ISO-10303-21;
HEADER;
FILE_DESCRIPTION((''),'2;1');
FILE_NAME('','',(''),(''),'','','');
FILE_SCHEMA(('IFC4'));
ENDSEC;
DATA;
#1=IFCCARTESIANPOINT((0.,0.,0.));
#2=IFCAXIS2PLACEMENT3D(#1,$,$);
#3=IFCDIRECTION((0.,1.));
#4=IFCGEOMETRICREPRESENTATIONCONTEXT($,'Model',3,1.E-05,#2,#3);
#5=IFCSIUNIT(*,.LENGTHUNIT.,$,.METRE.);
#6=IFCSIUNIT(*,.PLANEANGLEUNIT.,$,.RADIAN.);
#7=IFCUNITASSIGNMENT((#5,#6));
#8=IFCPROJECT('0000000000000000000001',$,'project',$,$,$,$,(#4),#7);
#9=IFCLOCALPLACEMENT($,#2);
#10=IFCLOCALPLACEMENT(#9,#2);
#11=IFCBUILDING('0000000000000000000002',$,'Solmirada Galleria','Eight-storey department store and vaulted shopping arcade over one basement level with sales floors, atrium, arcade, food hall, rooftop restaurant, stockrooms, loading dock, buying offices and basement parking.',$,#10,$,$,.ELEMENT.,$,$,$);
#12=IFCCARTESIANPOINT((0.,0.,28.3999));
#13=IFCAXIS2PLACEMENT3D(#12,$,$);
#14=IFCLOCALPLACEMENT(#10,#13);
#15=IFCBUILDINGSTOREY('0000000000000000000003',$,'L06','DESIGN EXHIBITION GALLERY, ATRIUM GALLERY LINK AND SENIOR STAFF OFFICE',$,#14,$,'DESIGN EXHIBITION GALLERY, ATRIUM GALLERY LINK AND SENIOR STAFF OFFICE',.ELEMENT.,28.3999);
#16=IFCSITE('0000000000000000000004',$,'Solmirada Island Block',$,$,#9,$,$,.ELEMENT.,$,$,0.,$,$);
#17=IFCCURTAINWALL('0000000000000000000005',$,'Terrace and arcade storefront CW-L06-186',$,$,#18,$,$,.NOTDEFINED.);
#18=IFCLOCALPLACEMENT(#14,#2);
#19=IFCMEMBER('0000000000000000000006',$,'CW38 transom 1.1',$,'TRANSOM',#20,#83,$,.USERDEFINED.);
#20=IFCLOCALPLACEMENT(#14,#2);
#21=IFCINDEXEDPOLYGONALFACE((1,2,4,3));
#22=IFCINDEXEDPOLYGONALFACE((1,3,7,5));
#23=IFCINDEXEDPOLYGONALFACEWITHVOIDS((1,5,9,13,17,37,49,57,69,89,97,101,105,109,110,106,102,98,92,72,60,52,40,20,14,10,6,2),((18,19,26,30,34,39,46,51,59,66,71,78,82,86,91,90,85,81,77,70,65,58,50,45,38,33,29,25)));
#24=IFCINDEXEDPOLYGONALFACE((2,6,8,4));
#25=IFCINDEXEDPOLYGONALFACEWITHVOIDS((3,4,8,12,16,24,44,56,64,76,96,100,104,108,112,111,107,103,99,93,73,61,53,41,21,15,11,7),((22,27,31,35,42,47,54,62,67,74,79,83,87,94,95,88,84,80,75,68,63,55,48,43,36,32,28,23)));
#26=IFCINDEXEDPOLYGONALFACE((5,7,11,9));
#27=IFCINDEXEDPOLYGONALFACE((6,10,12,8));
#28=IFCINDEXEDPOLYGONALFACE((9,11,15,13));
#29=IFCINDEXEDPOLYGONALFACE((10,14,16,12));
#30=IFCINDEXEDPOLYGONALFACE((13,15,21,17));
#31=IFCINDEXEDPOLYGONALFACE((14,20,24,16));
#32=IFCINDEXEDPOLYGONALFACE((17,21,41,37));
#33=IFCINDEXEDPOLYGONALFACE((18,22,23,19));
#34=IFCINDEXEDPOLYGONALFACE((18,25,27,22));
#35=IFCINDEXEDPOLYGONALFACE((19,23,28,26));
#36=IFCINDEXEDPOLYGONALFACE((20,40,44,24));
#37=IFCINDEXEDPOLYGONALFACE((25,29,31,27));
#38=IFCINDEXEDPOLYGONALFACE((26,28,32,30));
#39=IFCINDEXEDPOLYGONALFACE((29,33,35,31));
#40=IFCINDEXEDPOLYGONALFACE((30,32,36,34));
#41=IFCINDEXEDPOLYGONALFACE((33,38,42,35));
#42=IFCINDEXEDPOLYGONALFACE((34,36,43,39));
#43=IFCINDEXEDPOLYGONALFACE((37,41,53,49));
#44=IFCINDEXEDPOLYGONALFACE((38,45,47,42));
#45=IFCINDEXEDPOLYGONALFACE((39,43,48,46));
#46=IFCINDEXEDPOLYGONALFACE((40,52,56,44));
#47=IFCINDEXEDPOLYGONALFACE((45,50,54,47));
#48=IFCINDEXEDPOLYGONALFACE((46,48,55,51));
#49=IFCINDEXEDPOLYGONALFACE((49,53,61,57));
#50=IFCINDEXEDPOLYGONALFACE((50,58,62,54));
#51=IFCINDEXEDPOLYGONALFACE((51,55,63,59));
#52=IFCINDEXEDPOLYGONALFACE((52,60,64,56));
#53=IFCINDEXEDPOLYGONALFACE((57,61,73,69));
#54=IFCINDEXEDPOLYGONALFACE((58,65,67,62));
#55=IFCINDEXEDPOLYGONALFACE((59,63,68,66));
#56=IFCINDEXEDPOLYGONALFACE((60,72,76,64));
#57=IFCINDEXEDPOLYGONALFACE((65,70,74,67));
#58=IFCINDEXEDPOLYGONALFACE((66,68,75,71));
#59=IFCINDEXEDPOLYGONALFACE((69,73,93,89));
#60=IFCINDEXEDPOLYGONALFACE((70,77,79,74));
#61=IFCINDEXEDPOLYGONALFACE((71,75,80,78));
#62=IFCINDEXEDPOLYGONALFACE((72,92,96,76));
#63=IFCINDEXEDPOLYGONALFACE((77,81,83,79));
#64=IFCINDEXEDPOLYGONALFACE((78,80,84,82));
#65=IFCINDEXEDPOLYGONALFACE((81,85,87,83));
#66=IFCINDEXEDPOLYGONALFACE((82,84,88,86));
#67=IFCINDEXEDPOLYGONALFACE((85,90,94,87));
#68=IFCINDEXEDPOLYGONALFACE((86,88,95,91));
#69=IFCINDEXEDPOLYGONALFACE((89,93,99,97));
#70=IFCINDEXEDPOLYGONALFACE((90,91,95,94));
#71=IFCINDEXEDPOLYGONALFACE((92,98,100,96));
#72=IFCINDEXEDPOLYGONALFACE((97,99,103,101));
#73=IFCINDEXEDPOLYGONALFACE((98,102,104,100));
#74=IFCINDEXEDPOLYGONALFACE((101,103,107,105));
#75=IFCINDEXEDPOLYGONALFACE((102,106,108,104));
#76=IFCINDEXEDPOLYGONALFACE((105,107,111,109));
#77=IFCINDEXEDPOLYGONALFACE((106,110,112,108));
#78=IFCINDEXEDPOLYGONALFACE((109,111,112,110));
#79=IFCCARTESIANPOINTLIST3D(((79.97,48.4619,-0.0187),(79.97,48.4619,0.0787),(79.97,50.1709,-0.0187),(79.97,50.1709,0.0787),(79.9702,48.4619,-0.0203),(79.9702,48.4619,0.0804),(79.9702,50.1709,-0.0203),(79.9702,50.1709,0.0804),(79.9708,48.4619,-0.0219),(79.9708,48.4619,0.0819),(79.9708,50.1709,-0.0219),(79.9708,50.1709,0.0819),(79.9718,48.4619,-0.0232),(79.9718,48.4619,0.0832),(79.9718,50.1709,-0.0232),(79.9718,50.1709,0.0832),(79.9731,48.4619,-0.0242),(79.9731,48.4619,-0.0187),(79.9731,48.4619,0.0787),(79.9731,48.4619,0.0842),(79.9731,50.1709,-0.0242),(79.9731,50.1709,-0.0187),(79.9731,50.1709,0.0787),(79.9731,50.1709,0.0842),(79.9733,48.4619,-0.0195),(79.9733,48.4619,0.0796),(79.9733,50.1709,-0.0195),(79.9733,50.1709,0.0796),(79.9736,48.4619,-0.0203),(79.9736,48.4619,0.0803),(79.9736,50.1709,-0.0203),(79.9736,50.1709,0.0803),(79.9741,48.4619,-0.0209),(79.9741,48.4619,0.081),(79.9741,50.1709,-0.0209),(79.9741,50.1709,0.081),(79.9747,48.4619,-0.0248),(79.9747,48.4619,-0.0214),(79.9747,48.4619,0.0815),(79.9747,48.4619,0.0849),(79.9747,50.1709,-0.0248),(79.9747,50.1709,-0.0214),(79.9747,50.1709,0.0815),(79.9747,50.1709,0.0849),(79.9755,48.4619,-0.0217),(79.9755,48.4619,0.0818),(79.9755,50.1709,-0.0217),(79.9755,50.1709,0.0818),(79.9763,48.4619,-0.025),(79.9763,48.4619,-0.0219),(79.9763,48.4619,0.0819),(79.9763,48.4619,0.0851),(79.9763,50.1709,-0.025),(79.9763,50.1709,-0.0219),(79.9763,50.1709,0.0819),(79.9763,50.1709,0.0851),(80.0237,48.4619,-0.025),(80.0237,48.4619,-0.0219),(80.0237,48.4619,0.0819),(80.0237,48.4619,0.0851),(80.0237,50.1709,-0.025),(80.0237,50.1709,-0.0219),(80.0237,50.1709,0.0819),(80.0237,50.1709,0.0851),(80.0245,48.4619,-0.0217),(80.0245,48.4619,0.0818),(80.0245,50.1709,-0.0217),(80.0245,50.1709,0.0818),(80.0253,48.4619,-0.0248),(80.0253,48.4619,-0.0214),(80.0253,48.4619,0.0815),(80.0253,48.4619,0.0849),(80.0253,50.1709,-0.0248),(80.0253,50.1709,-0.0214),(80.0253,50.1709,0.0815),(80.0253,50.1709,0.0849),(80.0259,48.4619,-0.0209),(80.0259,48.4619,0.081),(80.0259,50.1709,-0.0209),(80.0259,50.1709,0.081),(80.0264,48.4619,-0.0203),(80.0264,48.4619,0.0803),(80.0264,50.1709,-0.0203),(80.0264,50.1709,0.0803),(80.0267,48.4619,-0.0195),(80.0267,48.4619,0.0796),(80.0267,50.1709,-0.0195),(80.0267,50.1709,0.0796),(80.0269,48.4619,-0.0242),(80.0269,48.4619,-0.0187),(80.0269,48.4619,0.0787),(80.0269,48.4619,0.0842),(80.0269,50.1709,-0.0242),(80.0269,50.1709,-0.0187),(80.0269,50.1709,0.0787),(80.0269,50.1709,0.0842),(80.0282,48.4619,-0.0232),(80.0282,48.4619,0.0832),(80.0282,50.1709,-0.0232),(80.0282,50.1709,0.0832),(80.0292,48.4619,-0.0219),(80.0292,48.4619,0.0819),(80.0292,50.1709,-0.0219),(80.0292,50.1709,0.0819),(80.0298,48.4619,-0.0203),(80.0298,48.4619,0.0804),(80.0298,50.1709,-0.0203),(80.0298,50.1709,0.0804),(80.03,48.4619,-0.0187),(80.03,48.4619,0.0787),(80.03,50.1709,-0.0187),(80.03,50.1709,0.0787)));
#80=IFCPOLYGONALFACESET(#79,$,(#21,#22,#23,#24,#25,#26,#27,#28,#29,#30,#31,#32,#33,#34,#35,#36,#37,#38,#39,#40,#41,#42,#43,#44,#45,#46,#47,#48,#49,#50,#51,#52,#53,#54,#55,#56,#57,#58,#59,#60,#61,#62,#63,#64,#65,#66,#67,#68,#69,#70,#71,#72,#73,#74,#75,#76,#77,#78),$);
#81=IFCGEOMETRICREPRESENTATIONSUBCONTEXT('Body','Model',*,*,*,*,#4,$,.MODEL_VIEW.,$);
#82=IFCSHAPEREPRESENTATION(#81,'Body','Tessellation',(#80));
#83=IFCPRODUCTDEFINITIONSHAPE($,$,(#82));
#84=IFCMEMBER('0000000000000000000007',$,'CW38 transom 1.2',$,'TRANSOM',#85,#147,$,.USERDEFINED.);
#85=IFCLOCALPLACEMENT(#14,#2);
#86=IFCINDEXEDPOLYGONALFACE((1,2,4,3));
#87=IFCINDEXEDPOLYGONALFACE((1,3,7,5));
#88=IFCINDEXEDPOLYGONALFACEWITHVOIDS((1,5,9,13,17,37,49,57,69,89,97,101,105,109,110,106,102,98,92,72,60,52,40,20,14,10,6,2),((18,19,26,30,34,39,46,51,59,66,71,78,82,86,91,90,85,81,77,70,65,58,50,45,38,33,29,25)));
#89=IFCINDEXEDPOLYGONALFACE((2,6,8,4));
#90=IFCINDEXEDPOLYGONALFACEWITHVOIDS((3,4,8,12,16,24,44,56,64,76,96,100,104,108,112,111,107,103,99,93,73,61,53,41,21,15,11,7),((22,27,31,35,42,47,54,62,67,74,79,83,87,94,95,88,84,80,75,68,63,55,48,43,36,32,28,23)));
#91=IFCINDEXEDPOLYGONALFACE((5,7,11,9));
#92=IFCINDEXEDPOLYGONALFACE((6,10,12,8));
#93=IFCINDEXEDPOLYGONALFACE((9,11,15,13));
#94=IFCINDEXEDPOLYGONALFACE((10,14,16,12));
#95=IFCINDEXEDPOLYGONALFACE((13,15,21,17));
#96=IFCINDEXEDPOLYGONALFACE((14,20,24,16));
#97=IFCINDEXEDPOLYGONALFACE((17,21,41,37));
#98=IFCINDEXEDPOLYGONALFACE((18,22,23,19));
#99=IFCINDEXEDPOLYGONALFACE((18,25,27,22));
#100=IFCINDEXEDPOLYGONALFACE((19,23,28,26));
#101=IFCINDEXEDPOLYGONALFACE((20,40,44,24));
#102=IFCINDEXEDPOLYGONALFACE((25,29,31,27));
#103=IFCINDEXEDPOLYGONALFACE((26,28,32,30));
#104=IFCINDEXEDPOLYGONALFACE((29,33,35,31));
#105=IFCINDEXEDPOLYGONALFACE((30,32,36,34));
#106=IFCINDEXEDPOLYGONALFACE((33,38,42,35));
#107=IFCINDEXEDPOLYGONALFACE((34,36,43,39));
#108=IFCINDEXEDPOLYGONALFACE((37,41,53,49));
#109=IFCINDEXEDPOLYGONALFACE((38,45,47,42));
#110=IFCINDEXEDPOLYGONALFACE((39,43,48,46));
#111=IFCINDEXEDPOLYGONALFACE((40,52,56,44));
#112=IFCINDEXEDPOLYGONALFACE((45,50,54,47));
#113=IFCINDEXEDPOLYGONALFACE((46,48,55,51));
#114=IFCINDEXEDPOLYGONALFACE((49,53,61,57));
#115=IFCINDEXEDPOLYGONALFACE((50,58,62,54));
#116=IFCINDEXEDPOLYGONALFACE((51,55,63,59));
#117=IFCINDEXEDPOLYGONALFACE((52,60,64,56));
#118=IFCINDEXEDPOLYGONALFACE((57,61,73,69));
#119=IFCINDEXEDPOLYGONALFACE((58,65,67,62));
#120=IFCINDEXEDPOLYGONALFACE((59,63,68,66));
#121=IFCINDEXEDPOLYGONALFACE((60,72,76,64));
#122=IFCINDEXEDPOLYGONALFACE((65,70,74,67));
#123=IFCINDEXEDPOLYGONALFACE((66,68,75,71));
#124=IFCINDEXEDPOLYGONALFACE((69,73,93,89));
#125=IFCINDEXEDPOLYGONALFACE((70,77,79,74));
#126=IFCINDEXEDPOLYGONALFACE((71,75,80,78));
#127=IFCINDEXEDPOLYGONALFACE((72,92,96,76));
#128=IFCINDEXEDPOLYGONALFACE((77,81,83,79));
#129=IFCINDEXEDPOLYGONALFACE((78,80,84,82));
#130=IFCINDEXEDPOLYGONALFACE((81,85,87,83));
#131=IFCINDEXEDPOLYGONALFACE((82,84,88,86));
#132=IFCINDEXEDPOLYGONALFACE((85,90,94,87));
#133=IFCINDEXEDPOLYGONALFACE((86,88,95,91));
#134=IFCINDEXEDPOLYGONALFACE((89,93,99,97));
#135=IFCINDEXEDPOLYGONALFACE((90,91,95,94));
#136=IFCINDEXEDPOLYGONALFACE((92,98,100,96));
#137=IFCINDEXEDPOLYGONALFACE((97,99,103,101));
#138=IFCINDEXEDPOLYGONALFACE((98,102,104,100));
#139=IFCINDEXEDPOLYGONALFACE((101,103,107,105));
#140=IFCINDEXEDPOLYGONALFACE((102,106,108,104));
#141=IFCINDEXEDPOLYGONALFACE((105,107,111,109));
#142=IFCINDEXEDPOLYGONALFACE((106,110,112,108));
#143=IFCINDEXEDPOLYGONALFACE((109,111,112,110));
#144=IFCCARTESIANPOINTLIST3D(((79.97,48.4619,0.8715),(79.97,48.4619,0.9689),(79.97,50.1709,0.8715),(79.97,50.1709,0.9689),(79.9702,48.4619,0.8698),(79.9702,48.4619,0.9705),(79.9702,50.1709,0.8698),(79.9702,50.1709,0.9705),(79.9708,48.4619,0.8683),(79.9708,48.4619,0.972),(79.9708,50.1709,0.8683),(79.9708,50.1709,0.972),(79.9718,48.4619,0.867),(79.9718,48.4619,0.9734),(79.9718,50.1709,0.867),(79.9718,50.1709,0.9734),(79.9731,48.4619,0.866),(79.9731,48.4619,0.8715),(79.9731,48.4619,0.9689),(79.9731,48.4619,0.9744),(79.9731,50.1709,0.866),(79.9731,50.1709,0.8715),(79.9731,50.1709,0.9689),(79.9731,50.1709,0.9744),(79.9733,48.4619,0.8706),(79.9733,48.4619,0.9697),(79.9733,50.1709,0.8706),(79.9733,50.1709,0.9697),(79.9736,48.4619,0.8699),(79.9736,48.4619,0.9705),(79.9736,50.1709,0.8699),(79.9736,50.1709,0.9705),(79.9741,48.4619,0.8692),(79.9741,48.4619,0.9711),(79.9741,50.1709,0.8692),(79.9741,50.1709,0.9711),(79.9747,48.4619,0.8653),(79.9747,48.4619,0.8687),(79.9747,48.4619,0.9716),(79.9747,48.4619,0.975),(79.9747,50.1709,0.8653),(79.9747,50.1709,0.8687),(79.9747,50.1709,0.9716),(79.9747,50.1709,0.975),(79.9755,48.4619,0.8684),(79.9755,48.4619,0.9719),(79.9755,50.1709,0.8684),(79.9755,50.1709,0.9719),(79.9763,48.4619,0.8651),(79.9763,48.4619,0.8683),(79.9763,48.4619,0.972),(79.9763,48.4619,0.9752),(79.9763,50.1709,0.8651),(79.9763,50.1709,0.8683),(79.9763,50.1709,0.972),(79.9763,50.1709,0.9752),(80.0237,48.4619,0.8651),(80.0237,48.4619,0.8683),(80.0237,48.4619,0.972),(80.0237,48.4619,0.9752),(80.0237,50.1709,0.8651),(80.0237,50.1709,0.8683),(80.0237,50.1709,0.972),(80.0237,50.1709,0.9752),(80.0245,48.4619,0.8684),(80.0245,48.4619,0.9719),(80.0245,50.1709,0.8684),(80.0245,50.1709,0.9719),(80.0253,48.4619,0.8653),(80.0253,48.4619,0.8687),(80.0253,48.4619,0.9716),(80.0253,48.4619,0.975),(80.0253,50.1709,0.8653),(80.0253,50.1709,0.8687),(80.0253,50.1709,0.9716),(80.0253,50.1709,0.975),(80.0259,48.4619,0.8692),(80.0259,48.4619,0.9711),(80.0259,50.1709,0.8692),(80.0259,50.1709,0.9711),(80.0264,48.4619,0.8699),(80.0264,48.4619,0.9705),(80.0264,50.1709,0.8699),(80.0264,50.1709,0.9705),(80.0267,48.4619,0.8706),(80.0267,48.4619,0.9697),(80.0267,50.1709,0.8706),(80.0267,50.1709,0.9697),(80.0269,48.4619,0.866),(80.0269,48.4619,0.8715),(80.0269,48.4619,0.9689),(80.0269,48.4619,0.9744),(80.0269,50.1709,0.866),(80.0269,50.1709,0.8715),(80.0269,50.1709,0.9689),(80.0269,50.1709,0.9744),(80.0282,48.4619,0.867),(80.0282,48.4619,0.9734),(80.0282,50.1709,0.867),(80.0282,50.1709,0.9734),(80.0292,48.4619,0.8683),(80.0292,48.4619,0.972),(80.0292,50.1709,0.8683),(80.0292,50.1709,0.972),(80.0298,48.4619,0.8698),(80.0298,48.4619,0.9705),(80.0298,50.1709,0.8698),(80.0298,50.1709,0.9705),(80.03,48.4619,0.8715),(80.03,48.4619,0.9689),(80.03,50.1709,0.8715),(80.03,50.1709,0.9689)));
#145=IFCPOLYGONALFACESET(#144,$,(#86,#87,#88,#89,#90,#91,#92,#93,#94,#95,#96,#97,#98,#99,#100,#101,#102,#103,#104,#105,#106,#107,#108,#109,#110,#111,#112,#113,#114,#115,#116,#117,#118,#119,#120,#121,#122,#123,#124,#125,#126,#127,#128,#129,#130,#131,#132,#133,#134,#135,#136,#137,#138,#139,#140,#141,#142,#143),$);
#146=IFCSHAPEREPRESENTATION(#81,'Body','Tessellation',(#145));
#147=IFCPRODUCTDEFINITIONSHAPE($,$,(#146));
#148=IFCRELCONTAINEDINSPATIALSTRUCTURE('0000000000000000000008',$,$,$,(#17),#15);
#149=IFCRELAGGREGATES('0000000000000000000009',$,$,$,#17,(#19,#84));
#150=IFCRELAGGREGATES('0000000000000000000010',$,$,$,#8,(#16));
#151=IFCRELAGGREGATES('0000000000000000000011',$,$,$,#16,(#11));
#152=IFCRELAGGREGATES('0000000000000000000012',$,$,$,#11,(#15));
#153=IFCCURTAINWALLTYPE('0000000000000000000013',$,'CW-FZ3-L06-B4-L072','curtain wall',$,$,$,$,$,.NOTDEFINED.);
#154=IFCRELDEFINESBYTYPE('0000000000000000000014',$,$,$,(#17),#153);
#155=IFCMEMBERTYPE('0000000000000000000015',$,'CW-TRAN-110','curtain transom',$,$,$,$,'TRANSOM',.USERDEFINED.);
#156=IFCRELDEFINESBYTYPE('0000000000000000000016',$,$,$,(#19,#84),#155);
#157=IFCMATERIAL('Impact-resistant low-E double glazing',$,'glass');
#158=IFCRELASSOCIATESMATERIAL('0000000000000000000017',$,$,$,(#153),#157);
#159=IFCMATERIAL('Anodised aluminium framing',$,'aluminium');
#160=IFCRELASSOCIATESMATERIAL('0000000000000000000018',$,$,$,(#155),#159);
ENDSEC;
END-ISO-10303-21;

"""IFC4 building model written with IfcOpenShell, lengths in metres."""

from ifc_helpers import new_model, si_unit, direction, frame, origin, origin_2d, place, context, subcontext, project, spatial, hollow_rectangle, extrude, material, material_profile, profile_set, type_object, element, aggregate, save


model = new_model("IFC4")

# Units and contexts
model_context = context("Model", 3, precision=1e-05, world=origin(), true_north=direction((0.0, 1.0)))
body_context = subcontext(model_context, "Body", "Model", "MODEL_VIEW")
ifc_project = project(units=[si_unit("LENGTHUNIT", "METRE"), si_unit("PLANEANGLEUNIT", "RADIAN")], contexts=[model_context])

# Site, building, storey
site_placement = place(None, origin())
site = spatial("IfcSite", under=ifc_project, at=site_placement, Name="Solmirada Island Block", CompositionType="ELEMENT", RefElevation=0.0)
building_placement = place(site_placement, origin())
building = spatial("IfcBuilding", under=site, at=building_placement, Name="Solmirada Galleria", Description="Eight-storey department store and vaulted shopping arcade over one basement level with sales floors, atrium, arcade, food hall, rooftop restaurant, stockrooms, loading dock, buying offices and basement parking.", CompositionType="ELEMENT")
storey_placement = place(building_placement, frame((0.0, 0.0, 28.3999)))
storey = spatial("IfcBuildingStorey", under=building, at=storey_placement, Name="L06", Description="DESIGN EXHIBITION GALLERY, ATRIUM GALLERY LINK AND SENIOR STAFF OFFICE", LongName="DESIGN EXHIBITION GALLERY, ATRIUM GALLERY LINK AND SENIOR STAFF OFFICE", CompositionType="ELEMENT", Elevation=28.3999)

# Curtain wall, members
ifc_material_1 = material(Name="Impact-resistant low-E double glazing", Category="glass")
curtain_wall_type = type_object("IfcCurtainWallType", Name="CW-FZ3-L06-B4-L072", Description="curtain wall", PredefinedType="NOTDEFINED", material=ifc_material_1)
curtain_wall_placement = place(storey_placement, origin())
curtain_wall = element("IfcCurtainWall", 1, at=curtain_wall_placement, inside=storey, type_object=curtain_wall_type, Name="Terrace and arcade storefront CW-L06-186", PredefinedType="NOTDEFINED")
ifc_material_2 = material(Name="Anodised aluminium framing", Category="aluminium")
ifc_material_profile_1 = material_profile(ifc_material_2, hollow_rectangle(XDim=0.0601, YDim=0.1101, WallThickness=0.0032, InnerFilletRadius=0.0032, OuterFilletRadius=0.0063, at=origin_2d()), Name="ALU-TRAN-110X60")
ifc_profile_set_1 = profile_set([ifc_material_profile_1], Name="Anodised aluminium framing")
member_type_1 = type_object("IfcMemberType", Name="CW-TRAN-110", Description="curtain transom", ElementType="TRANSOM", PredefinedType="USERDEFINED", material=ifc_profile_set_1)
member_1_placement = place(storey_placement, frame((80.0, 48.4619, 0.03), z_axis=(0.0, 1.0, 0.0), x_axis=(-1.0, 0.0, 0.0)))
member_1 = element("IfcMember", 2, at=member_1_placement, type_object=member_type_1, Name="CW38 transom 1.1", ObjectType="TRANSOM", PredefinedType="USERDEFINED", context=body_context, shape_type="SweptSolid", body=[
    extrude(hollow_rectangle(XDim=0.0601, YDim=0.1101, WallThickness=0.0032, InnerFilletRadius=0.0032, OuterFilletRadius=0.0063, at=origin_2d()), origin(), (0.0, 0.0, 1.0), 1.709),
])
member_2_placement = place(storey_placement, frame((80.0, 48.4619, 0.9202), z_axis=(0.0, 1.0, 0.0), x_axis=(-1.0, 0.0, 0.0)))
member_2 = element("IfcMember", 3, at=member_2_placement, type_object=member_type_1, Name="CW38 transom 1.2", ObjectType="TRANSOM", PredefinedType="USERDEFINED", context=body_context, shape_type="SweptSolid", body=[
    extrude(hollow_rectangle(XDim=0.0601, YDim=0.1101, WallThickness=0.0032, InnerFilletRadius=0.0032, OuterFilletRadius=0.0063, at=origin_2d()), origin(), (0.0, 0.0, 1.0), 1.709),
])
aggregate(curtain_wall, [member_1, member_2])

save(model, "model.ifc")
